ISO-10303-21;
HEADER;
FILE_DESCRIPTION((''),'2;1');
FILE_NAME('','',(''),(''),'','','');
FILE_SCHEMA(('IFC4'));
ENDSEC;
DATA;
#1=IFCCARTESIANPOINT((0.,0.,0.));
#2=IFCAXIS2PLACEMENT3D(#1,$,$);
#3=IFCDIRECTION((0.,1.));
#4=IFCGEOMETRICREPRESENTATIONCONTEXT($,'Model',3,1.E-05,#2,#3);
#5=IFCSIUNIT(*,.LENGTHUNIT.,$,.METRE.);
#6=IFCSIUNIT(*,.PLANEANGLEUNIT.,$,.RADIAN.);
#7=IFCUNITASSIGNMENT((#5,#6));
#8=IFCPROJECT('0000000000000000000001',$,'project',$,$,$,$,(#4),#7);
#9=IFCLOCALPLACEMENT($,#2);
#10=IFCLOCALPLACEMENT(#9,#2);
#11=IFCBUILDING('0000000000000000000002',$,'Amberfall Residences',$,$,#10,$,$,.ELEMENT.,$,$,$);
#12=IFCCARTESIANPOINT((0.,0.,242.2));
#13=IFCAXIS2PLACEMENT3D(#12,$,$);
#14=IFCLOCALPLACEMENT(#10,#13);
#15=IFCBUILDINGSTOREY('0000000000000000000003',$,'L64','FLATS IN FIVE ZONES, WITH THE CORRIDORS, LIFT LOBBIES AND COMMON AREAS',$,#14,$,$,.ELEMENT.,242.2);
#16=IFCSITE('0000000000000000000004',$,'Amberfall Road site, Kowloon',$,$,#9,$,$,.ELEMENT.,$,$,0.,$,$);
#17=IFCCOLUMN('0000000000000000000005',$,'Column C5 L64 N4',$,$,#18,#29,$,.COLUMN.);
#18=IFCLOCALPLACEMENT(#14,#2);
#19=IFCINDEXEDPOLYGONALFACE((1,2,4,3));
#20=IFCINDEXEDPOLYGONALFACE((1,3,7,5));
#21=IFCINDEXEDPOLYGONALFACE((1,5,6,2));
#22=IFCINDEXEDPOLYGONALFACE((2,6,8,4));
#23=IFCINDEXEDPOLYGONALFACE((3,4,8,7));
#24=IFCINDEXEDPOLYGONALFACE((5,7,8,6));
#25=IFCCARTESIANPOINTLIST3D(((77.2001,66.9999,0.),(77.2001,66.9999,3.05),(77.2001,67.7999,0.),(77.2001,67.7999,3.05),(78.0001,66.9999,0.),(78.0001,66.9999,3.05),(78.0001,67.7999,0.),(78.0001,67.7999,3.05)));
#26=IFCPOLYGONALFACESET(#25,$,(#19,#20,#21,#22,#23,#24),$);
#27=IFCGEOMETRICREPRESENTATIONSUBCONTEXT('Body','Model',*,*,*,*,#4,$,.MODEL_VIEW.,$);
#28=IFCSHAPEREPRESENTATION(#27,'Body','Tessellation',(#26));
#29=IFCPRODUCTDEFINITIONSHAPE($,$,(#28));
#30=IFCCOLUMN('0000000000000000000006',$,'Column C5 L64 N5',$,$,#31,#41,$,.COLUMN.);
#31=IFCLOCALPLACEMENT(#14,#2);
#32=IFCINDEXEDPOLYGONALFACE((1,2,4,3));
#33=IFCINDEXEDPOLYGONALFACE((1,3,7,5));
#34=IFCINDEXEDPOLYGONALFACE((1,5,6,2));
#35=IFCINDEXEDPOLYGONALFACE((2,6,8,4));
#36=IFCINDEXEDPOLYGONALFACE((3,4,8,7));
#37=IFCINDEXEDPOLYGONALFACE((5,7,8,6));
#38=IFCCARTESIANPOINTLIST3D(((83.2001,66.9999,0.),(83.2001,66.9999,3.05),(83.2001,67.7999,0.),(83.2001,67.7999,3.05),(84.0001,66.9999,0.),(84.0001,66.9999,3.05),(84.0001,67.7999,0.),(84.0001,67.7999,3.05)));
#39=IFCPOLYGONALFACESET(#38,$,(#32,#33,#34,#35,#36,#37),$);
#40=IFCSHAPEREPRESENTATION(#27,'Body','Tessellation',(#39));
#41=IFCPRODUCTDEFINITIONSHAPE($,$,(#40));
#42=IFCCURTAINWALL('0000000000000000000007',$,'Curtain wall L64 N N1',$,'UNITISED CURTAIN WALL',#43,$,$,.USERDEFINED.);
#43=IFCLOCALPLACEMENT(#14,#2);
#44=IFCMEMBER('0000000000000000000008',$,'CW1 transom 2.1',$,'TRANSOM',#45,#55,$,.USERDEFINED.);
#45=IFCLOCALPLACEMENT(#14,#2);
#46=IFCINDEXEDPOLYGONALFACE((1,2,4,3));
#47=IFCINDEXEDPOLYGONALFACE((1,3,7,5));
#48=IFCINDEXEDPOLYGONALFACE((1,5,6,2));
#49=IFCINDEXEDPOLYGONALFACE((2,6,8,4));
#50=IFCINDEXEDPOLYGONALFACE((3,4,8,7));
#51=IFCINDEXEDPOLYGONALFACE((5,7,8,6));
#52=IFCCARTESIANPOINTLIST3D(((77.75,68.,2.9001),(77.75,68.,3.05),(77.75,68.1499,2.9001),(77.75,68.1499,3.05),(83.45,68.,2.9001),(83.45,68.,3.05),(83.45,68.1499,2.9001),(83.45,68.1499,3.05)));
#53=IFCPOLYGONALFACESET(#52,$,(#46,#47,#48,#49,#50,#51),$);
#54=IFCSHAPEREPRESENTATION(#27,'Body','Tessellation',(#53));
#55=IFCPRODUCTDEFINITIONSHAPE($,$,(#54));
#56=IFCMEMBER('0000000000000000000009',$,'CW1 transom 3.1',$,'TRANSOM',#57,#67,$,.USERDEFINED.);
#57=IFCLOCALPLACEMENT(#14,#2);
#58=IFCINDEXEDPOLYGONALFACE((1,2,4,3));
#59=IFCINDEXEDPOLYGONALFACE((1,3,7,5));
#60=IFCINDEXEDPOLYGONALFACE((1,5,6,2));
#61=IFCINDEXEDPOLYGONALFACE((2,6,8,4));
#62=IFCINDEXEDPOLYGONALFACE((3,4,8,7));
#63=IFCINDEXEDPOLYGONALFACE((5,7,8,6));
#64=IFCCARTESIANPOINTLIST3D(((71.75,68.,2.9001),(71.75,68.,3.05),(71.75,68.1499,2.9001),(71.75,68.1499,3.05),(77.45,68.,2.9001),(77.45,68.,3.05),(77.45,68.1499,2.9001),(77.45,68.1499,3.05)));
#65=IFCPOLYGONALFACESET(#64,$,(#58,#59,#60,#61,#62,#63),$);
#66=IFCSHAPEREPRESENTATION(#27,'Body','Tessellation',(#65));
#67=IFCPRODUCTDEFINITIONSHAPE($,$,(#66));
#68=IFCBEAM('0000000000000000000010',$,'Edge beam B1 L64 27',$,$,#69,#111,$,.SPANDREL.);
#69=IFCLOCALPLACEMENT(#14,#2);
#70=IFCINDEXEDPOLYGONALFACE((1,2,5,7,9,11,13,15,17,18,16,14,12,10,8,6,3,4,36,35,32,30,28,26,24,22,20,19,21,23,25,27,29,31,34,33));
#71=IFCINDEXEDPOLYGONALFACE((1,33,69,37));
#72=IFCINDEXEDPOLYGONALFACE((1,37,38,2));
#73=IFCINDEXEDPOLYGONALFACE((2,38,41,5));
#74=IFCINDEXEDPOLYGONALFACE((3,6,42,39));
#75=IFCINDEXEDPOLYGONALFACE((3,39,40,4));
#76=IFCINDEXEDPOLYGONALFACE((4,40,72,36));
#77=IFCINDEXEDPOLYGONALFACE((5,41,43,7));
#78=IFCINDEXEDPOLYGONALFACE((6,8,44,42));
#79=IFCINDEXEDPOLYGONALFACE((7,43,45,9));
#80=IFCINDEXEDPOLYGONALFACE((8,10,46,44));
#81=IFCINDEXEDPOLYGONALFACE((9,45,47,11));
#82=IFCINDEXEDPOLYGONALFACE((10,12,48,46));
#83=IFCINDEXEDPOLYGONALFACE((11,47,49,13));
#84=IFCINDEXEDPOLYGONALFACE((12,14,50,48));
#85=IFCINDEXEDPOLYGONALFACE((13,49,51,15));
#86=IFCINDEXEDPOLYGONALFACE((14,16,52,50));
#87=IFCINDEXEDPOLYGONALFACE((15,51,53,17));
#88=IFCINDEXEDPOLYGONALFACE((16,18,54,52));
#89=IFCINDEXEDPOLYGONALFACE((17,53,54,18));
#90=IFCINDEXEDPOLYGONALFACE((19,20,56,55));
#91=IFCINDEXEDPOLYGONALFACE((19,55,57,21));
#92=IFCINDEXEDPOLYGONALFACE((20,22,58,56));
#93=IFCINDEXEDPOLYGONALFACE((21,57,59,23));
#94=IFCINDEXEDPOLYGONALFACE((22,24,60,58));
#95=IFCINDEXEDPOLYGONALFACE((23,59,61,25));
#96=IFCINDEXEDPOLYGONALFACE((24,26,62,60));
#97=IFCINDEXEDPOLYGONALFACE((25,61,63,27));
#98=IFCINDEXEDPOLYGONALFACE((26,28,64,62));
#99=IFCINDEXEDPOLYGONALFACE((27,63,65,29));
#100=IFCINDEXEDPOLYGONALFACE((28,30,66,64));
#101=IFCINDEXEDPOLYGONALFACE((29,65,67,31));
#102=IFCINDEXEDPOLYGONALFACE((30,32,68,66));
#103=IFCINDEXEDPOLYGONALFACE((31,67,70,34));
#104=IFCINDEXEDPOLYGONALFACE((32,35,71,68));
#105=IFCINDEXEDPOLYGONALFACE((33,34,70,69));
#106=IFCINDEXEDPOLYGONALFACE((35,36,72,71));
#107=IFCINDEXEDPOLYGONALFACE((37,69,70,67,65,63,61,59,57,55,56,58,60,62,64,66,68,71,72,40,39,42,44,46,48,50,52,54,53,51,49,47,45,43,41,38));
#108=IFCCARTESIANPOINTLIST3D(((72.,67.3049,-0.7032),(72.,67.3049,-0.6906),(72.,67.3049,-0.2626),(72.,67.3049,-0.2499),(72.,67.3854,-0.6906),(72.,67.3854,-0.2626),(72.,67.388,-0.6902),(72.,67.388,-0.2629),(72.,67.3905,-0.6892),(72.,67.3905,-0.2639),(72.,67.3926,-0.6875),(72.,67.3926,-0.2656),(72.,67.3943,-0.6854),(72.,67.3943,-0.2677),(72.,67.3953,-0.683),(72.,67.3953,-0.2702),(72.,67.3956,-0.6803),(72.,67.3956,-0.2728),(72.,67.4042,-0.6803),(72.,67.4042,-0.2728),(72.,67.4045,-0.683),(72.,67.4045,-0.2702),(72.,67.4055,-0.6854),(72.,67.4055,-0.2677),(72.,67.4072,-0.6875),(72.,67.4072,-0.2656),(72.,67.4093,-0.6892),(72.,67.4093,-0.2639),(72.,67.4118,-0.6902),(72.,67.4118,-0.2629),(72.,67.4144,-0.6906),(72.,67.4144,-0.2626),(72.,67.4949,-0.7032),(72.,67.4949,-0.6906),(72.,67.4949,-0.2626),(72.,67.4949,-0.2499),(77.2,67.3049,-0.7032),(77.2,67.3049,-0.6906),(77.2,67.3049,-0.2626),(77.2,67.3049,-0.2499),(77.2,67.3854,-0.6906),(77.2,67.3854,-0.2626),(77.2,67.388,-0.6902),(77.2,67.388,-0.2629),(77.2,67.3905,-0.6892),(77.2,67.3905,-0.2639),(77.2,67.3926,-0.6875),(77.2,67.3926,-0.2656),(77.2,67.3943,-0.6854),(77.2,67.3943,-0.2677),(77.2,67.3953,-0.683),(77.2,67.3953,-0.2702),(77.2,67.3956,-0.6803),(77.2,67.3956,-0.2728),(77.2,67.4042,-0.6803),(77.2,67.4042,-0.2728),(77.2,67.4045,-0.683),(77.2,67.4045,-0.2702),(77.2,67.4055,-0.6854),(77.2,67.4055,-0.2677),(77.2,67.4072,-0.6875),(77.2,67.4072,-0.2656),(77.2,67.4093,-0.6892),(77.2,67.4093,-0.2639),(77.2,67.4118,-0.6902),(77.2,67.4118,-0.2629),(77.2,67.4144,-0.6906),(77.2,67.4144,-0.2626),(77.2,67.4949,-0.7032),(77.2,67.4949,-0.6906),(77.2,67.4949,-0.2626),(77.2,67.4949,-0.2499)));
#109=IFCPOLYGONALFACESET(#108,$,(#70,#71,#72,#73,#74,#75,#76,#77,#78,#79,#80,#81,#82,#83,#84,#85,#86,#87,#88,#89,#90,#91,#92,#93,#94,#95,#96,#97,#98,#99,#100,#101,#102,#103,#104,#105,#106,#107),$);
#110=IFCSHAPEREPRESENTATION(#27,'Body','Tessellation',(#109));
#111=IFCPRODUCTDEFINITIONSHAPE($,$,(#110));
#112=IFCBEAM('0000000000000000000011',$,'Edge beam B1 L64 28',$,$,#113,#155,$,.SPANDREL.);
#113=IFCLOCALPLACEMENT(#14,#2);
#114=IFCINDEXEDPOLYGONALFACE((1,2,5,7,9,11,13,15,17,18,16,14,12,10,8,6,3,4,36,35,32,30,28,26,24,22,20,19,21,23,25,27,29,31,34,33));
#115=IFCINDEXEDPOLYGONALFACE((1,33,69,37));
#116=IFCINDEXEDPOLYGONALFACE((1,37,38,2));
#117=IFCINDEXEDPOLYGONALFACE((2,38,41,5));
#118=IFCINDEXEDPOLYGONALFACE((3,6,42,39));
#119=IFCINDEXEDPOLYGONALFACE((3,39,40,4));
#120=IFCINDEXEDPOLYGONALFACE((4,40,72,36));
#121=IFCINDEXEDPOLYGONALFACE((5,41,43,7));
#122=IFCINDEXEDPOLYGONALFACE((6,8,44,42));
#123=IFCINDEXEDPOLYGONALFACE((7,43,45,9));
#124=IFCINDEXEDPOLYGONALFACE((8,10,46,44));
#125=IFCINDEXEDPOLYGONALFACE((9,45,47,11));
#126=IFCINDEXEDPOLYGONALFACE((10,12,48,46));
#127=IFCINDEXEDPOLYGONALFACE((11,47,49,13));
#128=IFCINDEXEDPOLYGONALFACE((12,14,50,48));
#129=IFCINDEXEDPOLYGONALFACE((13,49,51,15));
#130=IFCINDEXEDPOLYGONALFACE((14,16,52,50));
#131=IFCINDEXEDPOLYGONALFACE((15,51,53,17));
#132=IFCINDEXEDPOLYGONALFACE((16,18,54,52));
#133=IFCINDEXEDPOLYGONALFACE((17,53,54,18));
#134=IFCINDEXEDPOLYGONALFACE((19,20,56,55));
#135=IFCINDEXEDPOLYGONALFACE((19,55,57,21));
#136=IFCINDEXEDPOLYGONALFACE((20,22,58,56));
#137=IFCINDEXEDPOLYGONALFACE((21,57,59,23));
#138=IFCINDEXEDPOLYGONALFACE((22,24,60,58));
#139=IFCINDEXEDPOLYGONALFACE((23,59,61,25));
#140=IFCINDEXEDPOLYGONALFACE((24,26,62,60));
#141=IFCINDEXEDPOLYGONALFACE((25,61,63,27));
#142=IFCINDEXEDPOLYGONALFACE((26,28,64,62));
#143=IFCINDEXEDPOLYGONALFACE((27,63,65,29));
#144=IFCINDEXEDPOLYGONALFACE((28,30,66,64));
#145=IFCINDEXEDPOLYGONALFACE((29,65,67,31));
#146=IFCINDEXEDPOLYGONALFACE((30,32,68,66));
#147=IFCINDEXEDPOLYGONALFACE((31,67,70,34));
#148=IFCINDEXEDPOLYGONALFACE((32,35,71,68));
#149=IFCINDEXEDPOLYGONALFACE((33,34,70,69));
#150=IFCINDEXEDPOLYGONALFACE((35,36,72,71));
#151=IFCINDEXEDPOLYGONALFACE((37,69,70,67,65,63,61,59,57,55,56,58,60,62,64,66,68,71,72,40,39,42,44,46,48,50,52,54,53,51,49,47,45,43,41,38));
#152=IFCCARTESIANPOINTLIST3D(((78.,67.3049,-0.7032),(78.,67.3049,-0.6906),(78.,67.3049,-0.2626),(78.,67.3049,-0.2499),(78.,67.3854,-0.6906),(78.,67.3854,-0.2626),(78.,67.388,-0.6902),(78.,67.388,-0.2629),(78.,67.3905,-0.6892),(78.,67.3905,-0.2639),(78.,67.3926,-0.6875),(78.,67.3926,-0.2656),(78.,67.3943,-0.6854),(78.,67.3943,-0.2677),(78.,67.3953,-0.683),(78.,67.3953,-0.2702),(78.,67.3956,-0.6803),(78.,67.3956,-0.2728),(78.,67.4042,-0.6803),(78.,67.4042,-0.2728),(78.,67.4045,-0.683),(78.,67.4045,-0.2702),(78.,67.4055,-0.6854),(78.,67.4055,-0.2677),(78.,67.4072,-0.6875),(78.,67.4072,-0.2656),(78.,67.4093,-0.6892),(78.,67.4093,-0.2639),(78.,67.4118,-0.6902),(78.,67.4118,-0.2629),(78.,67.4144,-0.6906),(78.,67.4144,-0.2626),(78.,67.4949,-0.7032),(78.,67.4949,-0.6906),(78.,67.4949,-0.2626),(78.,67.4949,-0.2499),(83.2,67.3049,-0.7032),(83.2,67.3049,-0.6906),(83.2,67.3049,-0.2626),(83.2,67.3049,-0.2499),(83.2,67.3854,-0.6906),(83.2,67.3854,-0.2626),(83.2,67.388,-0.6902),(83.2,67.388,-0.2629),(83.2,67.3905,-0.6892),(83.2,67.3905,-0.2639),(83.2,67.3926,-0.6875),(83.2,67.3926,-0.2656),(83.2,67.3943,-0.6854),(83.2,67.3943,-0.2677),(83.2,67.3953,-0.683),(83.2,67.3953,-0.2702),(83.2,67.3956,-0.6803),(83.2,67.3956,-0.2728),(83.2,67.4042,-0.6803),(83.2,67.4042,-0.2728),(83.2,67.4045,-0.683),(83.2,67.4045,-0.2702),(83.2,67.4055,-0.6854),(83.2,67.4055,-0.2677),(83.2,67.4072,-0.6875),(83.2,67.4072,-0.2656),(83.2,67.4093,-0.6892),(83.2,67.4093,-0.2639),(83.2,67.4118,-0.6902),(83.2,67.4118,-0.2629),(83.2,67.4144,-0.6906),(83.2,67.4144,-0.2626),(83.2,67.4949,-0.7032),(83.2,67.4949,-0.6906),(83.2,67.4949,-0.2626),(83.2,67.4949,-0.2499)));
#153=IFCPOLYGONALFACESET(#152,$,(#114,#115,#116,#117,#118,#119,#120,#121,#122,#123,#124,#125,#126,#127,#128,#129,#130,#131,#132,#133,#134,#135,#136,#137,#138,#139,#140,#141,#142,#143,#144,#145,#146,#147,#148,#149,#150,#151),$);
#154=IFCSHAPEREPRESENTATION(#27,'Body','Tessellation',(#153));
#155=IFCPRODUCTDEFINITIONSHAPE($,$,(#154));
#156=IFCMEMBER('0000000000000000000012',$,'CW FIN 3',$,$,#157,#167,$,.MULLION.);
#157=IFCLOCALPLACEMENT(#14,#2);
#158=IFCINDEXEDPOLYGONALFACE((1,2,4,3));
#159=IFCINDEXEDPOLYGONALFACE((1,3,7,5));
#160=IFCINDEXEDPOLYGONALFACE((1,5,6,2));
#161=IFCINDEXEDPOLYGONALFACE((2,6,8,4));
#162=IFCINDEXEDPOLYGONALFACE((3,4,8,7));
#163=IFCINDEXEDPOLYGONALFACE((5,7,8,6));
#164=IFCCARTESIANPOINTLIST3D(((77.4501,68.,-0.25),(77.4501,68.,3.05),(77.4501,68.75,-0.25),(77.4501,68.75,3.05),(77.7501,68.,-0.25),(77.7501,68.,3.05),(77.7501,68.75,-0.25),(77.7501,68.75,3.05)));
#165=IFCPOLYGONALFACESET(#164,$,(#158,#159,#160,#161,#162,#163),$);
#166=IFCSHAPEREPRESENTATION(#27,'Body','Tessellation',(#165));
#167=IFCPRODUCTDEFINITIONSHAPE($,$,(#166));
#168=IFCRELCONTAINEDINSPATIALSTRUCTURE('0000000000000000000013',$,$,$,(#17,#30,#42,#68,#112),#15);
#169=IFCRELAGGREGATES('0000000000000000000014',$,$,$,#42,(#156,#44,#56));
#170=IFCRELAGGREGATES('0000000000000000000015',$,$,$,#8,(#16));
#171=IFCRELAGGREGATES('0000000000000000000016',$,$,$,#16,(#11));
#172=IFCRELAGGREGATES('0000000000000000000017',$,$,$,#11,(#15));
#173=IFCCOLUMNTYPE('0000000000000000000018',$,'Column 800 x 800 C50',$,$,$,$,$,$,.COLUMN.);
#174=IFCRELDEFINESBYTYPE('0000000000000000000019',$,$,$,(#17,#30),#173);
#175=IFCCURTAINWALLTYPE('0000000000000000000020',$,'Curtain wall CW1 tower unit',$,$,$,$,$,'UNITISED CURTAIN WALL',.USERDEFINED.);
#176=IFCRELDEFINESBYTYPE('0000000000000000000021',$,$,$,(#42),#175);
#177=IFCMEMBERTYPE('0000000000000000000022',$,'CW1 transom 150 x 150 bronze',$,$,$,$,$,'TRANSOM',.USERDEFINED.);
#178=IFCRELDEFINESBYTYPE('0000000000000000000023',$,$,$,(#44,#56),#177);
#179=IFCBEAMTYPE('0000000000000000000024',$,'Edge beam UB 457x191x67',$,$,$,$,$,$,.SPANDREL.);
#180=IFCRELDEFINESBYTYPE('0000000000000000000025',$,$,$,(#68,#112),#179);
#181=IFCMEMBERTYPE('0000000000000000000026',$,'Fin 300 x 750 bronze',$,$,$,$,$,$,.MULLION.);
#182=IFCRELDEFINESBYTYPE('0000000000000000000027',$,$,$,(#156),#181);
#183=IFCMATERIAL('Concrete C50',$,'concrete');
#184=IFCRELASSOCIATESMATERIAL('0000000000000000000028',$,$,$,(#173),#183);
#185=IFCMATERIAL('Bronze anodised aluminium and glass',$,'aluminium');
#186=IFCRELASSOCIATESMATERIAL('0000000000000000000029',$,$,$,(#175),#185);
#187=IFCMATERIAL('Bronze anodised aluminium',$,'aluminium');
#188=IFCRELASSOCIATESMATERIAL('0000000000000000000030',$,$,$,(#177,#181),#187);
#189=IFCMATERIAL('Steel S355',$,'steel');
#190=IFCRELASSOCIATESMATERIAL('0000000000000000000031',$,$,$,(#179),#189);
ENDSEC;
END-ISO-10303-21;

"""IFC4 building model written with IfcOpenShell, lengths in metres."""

from ifc_helpers import new_model, si_unit, direction, frame, origin, origin_2d, place, context, subcontext, project, spatial, rectangle, i_section, extrude, material, material_profile, profile_set, type_object, element, aggregate, save


model = new_model("IFC4")

# Units and contexts
model_context = context("Model", 3, precision=1e-05, world=origin(), true_north=direction((0.0, 1.0)))
body_context = subcontext(model_context, "Body", "Model", "MODEL_VIEW")
ifc_project = project(units=[si_unit("LENGTHUNIT", "METRE"), si_unit("PLANEANGLEUNIT", "RADIAN")], contexts=[model_context])

# Site, building, storey
site_placement = place(None, origin())
site = spatial("IfcSite", under=ifc_project, at=site_placement, Name="Amberfall Road site, Kowloon", CompositionType="ELEMENT", RefElevation=0.0)
building_placement = place(site_placement, origin())
building = spatial("IfcBuilding", under=site, at=building_placement, Name="Amberfall Residences", CompositionType="ELEMENT")
storey_placement = place(building_placement, frame((0.0, 0.0, 242.2)))
storey = spatial("IfcBuildingStorey", under=building, at=storey_placement, Name="L64", Description="FLATS IN FIVE ZONES, WITH THE CORRIDORS, LIFT LOBBIES AND COMMON AREAS", CompositionType="ELEMENT", Elevation=242.2)

# Columns
ifc_material_1 = material(Name="Concrete C50", Category="concrete")
ifc_material_profile_1 = material_profile(ifc_material_1, rectangle(XDim=0.8, YDim=0.8, at=origin_2d()), Name="Column 800 x 800 C50")
ifc_profile_set_1 = profile_set([ifc_material_profile_1], Name="Concrete C50")
column_type = type_object("IfcColumnType", Name="Column 800 x 800 C50", PredefinedType="COLUMN", material=ifc_profile_set_1)
for number, where, z_axis, x_axis, name in (
    (1, (77.6001, 67.3999, 0.0), (0.0, 0.0, 1.0), (1.0, 0.0, 0.0), "Column C5 L64 N4"),
    (2, (83.6001, 67.3999, 0.0), (0.0, 0.0, 1.0), (1.0, 0.0, 0.0), "Column C5 L64 N5"),
):
    element("IfcColumn", number, at=place(storey_placement, frame(where, z_axis=z_axis, x_axis=x_axis)), inside=storey, type_object=column_type, Name=name, PredefinedType="COLUMN", context=body_context, shape_type="SweptSolid", body=[
        extrude(rectangle(XDim=0.8, YDim=0.8, at=origin_2d()), origin(), (0.0, 0.0, 1.0), 3.05),
    ])

# Curtain wall, members
ifc_material_2 = material(Name="Bronze anodised aluminium and glass", Category="aluminium")
curtain_wall_type = type_object("IfcCurtainWallType", Name="Curtain wall CW1 tower unit", ElementType="UNITISED CURTAIN WALL", PredefinedType="USERDEFINED", material=ifc_material_2)
curtain_wall_placement = place(storey_placement, origin())
curtain_wall = element("IfcCurtainWall", 3, at=curtain_wall_placement, inside=storey, type_object=curtain_wall_type, Name="Curtain wall L64 N N1", ObjectType="UNITISED CURTAIN WALL", PredefinedType="USERDEFINED")
ifc_material_3 = material(Name="Bronze anodised aluminium", Category="aluminium")
ifc_material_profile_2 = material_profile(ifc_material_3, rectangle(XDim=0.1499, YDim=0.1499, at=origin_2d()), Name="CW1 transom 150 x 150 bronze")
ifc_profile_set_2 = profile_set([ifc_material_profile_2], Name="Bronze anodised aluminium")
member_type_1 = type_object("IfcMemberType", Name="CW1 transom 150 x 150 bronze", ElementType="TRANSOM", PredefinedType="USERDEFINED", material=ifc_profile_set_2)
member_1_placement = place(storey_placement, frame((83.45, 68.075, 2.9751), z_axis=(-1.0, 0.0, 0.0), x_axis=(0.0, -1.0, 0.0)))
member_1 = element("IfcMember", 4, at=member_1_placement, type_object=member_type_1, Name="CW1 transom 2.1", ObjectType="TRANSOM", PredefinedType="USERDEFINED", context=body_context, shape_type="SweptSolid", body=[
    extrude(rectangle(XDim=0.1499, YDim=0.1499, at=origin_2d()), origin(), (0.0, 0.0, 1.0), 5.7),
])
member_2_placement = place(storey_placement, frame((77.45, 68.075, 2.9751), z_axis=(-1.0, 0.0, 0.0), x_axis=(0.0, -1.0, 0.0)))
member_2 = element("IfcMember", 5, at=member_2_placement, type_object=member_type_1, Name="CW1 transom 3.1", ObjectType="TRANSOM", PredefinedType="USERDEFINED", context=body_context, shape_type="SweptSolid", body=[
    extrude(rectangle(XDim=0.1499, YDim=0.1499, at=origin_2d()), origin(), (0.0, 0.0, 1.0), 5.7),
])

# Beams
ifc_material_4 = material(Name="Steel S355", Category="steel")
ifc_material_profile_3 = material_profile(ifc_material_4, i_section(OverallWidth=0.1899, OverallDepth=0.4534, WebThickness=0.0085, FlangeThickness=0.0127, FilletRadius=0.0103, at=origin_2d()), Name="UB 457x191x67")
ifc_profile_set_3 = profile_set([ifc_material_profile_3], Name="Steel S355")
beam_type_1 = type_object("IfcBeamType", Name="Edge beam UB 457x191x67", PredefinedType="SPANDREL", material=ifc_profile_set_3)
for number, where, z_axis, x_axis, name in (
    (6, (72.0, 67.3999, -0.4766), (1.0, 0.0, 0.0), (0.0, 1.0, 0.0), "Edge beam B1 L64 27"),
    (7, (78.0, 67.3999, -0.4766), (1.0, 0.0, 0.0), (0.0, 1.0, 0.0), "Edge beam B1 L64 28"),
):
    element("IfcBeam", number, at=place(storey_placement, frame(where, z_axis=z_axis, x_axis=x_axis)), inside=storey, type_object=beam_type_1, Name=name, PredefinedType="SPANDREL", context=body_context, shape_type="SweptSolid", body=[
        extrude(i_section(OverallWidth=0.1899, OverallDepth=0.4534, WebThickness=0.0085, FlangeThickness=0.0127, FilletRadius=0.0103, at=origin_2d()), origin(), (0.0, 0.0, 1.0), 5.2),
    ])

# Member
ifc_material_profile_4 = material_profile(ifc_material_3, rectangle(XDim=0.75, YDim=0.3, at=origin_2d()), Name="Fin 300 x 750 bronze")
ifc_profile_set_4 = profile_set([ifc_material_profile_4], Name="Bronze anodised aluminium")
member_type_2 = type_object("IfcMemberType", Name="Fin 300 x 750 bronze", PredefinedType="MULLION", material=ifc_profile_set_4)
member_3_placement = place(storey_placement, frame((77.6001, 68.375, -0.25), z_axis=(0.0, 0.0, 1.0), x_axis=(0.0, -1.0, 0.0)))
member_3 = element("IfcMember", 8, at=member_3_placement, type_object=member_type_2, Name="CW FIN 3", PredefinedType="MULLION", context=body_context, shape_type="SweptSolid", body=[
    extrude(rectangle(XDim=0.75, YDim=0.3, at=origin_2d()), origin(), (0.0, 0.0, 1.0), 3.3),
])

aggregate(curtain_wall, [member_3, member_1, member_2])

save(model, "model.ifc")
